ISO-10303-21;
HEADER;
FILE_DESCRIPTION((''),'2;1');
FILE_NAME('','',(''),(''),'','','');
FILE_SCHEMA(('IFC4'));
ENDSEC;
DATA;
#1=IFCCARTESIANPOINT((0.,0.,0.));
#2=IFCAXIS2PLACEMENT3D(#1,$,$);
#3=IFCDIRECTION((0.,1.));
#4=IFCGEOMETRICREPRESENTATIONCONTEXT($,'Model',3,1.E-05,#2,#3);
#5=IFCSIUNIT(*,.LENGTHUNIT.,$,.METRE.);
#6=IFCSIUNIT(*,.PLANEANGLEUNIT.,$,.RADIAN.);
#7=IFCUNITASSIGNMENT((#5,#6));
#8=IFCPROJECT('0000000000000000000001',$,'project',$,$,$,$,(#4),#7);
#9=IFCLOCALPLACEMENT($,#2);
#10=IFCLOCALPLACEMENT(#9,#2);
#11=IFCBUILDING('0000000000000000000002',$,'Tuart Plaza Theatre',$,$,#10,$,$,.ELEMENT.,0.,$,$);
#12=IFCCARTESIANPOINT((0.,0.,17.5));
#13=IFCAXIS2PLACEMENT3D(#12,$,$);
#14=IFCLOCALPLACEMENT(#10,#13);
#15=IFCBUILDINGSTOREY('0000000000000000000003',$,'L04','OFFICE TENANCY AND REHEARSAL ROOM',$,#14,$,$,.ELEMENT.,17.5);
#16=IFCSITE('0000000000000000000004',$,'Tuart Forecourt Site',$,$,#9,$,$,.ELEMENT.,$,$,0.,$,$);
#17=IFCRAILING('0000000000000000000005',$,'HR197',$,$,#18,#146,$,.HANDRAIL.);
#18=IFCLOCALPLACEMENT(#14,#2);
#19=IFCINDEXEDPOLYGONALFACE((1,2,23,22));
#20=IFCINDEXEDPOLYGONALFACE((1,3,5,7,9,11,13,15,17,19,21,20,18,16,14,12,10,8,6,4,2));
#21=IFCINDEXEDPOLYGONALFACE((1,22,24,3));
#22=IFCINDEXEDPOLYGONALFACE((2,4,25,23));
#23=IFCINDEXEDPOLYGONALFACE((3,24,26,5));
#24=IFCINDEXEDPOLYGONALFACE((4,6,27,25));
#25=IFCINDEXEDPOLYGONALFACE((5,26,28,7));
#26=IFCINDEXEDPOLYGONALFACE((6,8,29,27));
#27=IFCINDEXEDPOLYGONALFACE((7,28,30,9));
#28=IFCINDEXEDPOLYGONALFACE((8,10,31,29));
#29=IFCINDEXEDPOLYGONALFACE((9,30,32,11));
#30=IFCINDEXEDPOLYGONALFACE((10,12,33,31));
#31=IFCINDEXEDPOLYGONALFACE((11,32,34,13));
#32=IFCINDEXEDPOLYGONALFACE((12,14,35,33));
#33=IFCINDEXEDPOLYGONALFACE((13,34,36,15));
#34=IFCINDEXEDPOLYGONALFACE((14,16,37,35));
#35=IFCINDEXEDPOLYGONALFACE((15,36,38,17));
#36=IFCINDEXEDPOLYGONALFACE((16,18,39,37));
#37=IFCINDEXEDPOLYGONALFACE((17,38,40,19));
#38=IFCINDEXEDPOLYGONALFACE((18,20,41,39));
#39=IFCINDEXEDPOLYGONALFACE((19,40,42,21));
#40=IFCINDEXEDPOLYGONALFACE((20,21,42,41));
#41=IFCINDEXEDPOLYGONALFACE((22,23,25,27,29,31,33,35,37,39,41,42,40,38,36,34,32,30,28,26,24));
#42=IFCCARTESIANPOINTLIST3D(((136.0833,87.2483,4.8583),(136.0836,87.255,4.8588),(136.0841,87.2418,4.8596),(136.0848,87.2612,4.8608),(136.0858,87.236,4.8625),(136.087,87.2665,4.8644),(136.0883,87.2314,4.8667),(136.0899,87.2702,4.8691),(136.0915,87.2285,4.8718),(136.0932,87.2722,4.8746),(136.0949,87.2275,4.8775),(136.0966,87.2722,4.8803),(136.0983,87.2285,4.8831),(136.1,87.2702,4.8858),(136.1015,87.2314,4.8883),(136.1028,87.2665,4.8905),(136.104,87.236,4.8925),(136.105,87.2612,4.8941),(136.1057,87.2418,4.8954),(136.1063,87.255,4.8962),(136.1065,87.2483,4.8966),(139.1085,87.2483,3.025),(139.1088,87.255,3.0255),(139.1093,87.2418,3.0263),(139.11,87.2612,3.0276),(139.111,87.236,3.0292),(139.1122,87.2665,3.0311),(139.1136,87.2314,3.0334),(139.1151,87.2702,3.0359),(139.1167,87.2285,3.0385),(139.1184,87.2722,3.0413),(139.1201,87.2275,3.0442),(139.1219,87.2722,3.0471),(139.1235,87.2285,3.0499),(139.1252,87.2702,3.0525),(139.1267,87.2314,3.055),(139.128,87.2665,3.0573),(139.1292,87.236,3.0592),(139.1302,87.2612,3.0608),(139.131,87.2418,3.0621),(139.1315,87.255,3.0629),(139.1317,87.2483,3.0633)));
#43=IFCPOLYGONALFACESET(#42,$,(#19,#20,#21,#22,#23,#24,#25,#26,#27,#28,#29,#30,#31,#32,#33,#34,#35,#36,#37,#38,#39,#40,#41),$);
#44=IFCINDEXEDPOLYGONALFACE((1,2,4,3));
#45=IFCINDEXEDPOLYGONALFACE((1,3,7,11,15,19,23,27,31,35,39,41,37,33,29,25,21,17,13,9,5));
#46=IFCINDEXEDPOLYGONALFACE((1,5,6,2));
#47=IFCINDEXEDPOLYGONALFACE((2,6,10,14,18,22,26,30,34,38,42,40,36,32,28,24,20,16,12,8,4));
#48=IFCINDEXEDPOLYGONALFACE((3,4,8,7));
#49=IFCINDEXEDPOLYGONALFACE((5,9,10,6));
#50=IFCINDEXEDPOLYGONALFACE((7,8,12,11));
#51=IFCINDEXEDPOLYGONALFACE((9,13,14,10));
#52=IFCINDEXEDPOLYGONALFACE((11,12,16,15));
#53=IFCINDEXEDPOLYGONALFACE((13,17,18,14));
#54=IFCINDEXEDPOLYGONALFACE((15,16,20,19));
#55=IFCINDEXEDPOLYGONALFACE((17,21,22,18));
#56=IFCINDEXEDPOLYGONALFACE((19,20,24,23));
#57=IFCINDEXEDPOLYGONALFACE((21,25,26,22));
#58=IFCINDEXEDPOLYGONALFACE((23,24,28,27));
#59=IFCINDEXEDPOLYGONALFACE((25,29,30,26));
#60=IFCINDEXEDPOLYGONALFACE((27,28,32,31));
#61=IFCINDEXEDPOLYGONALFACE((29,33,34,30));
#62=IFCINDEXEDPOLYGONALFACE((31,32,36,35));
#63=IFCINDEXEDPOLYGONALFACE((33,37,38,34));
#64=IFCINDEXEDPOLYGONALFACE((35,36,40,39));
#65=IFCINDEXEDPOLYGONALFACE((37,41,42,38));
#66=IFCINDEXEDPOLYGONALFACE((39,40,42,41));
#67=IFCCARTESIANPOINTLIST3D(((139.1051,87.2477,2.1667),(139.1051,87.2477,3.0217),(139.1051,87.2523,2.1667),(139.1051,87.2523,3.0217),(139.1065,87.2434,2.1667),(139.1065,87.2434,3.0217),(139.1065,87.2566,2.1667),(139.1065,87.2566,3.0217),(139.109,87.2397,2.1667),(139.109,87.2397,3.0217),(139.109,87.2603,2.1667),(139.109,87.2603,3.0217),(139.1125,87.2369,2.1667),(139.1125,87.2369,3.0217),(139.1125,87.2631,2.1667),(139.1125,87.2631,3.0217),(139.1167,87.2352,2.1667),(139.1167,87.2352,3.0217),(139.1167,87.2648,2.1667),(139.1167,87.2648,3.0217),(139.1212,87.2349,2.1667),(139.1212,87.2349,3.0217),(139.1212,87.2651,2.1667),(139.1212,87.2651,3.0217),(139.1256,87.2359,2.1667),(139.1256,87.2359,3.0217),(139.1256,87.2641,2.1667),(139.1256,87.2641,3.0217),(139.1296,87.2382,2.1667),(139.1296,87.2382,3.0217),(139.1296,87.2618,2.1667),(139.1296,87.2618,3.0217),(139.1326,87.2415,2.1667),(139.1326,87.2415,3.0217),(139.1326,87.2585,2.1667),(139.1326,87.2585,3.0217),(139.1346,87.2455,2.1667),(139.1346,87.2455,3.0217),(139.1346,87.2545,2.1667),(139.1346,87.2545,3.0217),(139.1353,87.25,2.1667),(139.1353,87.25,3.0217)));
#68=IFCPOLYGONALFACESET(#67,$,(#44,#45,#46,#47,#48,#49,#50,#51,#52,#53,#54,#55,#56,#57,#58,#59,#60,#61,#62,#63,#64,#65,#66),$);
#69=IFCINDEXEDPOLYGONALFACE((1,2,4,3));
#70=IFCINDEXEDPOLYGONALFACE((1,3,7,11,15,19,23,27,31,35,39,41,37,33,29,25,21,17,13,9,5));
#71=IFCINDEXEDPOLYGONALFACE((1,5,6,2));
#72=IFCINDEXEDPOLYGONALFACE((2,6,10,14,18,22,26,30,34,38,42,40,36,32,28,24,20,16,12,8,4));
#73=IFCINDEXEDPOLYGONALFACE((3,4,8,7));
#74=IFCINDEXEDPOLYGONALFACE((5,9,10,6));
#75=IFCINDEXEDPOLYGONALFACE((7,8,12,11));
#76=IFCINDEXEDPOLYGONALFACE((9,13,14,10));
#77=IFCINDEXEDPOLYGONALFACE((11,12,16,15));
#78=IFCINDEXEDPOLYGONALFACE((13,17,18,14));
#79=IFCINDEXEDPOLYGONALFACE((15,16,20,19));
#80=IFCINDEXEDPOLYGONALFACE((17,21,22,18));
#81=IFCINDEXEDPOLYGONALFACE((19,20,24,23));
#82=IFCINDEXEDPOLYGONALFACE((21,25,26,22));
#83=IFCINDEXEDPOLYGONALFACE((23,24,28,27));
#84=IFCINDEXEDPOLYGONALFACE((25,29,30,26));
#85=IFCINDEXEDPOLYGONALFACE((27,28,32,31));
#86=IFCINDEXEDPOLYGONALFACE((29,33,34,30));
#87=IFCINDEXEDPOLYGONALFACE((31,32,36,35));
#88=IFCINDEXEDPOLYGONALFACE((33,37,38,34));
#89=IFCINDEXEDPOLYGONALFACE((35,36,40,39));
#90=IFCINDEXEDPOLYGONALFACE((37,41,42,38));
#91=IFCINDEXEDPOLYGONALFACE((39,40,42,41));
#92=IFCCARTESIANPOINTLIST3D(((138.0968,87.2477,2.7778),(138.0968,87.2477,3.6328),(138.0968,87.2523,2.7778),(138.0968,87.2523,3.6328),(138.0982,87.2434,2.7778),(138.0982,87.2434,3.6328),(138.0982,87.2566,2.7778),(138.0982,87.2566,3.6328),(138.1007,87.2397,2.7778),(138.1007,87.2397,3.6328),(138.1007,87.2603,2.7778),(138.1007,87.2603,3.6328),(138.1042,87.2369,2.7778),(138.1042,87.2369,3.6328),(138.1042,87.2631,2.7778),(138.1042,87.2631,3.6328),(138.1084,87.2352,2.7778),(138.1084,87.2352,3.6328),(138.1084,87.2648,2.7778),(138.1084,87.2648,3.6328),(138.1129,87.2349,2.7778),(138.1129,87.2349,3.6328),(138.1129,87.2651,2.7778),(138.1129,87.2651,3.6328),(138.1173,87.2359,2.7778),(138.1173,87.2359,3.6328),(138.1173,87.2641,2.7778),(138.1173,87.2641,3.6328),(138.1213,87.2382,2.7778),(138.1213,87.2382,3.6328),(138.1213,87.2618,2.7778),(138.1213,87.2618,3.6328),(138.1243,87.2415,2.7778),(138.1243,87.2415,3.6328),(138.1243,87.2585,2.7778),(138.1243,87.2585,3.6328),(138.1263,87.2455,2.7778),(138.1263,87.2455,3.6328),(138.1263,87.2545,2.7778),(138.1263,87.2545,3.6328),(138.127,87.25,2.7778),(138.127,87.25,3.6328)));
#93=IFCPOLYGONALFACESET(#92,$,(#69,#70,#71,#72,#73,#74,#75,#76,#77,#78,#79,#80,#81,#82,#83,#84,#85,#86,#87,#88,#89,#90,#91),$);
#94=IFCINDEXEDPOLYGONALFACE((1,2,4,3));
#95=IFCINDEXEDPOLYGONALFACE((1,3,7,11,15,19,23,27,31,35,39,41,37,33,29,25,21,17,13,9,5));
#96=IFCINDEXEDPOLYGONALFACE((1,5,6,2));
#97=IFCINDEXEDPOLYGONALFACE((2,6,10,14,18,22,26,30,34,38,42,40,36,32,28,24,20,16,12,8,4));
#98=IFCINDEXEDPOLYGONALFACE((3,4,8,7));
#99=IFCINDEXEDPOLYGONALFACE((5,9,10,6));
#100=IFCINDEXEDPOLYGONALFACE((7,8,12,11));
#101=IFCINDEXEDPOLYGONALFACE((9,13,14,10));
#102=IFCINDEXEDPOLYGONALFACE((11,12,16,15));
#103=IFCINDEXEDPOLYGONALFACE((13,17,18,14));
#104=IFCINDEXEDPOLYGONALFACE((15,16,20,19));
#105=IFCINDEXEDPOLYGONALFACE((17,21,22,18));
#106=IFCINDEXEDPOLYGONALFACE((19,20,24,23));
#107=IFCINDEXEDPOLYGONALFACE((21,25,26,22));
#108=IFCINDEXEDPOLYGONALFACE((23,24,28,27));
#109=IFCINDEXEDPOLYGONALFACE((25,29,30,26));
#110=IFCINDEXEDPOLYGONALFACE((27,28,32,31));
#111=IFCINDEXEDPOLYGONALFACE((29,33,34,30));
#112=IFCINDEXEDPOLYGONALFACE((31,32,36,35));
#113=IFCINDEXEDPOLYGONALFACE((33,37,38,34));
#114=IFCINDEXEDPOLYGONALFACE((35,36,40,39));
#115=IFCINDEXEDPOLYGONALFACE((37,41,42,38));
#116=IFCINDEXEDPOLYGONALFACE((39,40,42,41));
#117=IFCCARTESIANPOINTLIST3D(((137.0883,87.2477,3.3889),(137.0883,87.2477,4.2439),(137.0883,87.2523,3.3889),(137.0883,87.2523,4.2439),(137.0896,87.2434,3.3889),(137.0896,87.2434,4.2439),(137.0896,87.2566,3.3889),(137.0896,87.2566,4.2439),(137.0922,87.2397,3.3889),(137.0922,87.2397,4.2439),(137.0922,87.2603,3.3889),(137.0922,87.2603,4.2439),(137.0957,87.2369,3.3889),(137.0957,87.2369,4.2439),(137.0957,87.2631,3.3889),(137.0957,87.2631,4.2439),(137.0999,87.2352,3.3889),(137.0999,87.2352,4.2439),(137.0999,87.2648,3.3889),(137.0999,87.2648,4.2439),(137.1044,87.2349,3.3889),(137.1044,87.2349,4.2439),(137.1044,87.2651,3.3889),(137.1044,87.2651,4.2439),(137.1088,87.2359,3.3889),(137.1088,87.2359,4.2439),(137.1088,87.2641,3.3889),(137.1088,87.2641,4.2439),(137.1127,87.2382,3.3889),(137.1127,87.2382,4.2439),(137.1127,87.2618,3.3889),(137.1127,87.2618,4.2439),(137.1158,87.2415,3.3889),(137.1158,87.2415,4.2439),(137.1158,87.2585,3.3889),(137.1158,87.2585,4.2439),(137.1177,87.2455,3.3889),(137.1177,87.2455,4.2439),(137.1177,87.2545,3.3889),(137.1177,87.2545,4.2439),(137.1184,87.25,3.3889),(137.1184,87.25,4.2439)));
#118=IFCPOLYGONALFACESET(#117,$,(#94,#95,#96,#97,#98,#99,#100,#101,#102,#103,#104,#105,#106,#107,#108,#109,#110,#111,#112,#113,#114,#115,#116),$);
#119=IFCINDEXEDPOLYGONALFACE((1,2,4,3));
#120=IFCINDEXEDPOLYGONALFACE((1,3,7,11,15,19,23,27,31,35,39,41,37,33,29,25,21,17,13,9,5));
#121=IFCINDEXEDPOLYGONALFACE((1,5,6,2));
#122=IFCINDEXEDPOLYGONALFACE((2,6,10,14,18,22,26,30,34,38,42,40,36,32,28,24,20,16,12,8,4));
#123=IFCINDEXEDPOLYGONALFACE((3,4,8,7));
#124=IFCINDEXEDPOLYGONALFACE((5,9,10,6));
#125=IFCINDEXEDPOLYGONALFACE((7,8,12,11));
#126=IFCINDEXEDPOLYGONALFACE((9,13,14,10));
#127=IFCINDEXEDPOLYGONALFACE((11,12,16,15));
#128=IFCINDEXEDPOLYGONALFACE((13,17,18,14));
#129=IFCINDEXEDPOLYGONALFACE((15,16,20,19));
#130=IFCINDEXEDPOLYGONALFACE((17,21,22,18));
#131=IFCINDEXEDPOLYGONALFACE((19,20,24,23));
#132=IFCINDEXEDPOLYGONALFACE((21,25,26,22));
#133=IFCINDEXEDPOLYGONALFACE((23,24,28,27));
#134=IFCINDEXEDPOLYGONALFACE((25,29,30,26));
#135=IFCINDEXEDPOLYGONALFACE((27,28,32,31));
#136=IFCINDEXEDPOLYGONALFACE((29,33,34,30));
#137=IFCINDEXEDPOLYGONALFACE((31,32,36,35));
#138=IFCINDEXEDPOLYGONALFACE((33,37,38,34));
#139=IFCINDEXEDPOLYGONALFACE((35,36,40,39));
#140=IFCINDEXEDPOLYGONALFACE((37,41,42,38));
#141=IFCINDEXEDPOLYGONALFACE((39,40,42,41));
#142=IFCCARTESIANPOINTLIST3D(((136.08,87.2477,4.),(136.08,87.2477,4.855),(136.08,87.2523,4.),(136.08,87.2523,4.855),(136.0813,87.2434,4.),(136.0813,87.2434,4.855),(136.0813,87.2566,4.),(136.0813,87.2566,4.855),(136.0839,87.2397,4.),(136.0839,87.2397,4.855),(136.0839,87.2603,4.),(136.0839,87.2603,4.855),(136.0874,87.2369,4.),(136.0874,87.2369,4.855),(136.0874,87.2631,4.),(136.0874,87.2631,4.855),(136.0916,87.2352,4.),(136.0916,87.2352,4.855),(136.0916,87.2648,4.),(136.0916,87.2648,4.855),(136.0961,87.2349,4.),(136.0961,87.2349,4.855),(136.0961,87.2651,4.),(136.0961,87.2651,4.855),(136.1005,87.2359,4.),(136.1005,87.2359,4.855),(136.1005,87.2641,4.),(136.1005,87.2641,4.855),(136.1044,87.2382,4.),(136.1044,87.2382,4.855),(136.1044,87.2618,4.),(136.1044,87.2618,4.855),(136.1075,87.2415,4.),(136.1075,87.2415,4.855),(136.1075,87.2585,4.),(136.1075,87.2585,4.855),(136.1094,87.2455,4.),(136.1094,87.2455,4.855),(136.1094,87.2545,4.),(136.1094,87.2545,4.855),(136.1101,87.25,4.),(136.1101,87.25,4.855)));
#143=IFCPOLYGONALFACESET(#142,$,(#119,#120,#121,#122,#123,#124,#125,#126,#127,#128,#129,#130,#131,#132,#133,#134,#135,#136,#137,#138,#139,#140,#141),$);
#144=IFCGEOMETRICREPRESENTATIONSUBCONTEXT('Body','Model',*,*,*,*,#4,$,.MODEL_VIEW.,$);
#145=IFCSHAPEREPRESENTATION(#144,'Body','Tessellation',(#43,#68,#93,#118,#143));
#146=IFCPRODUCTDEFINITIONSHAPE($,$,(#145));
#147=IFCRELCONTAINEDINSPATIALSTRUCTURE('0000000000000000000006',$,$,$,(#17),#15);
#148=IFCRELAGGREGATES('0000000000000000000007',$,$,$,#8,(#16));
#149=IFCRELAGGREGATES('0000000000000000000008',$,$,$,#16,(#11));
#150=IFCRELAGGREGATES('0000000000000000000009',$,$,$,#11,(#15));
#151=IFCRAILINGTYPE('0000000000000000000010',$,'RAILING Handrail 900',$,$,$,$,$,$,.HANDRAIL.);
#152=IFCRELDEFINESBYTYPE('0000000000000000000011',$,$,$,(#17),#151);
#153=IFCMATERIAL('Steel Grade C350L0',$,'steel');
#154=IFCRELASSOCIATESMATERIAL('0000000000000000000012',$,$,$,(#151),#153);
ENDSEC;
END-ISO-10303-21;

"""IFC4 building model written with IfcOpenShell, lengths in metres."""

from ifc_helpers import new_model, si_unit, direction, frame, origin, origin_2d, place, context, subcontext, project, spatial, circle, extrude, material, type_object, element, save


model = new_model("IFC4")

# Units and contexts
model_context = context("Model", 3, precision=1e-05, world=origin(), true_north=direction((0.0, 1.0)))
body_context = subcontext(model_context, "Body", "Model", "MODEL_VIEW")
ifc_project = project(units=[si_unit("LENGTHUNIT", "METRE"), si_unit("PLANEANGLEUNIT", "RADIAN")], contexts=[model_context])

# Site, building, storey
site_placement = place(None, origin())
site = spatial("IfcSite", under=ifc_project, at=site_placement, Name="Tuart Forecourt Site", CompositionType="ELEMENT", RefElevation=0.0)
building_placement = place(site_placement, origin())
building = spatial("IfcBuilding", under=site, at=building_placement, Name="Tuart Plaza Theatre", CompositionType="ELEMENT", ElevationOfRefHeight=0.0)
storey_placement = place(building_placement, frame((0.0, 0.0, 17.5)))
storey = spatial("IfcBuildingStorey", under=building, at=storey_placement, Name="L04", Description="OFFICE TENANCY AND REHEARSAL ROOM", CompositionType="ELEMENT", Elevation=17.5)

# Railing
ifc_material_1 = material(Name="Steel Grade C350L0", Category="steel")
railing_type_1 = type_object("IfcRailingType", Name="RAILING Handrail 900", PredefinedType="HANDRAIL", material=ifc_material_1)
for number, where, name in (
    (1, (139.1201, 87.25, 2.1667), "HR197"),
):
    element("IfcRailing", number, at=place(storey_placement, frame(where)), inside=storey, type_object=railing_type_1, Name=name, PredefinedType="HANDRAIL", context=body_context, shape_type="SweptSolid", body=[
        extrude(circle(Radius=0.0225, at=origin_2d()), frame((0.0, 0.0, 0.8774), z_axis=(-0.855219, 0.0, 0.518267), x_axis=(0.0, -1.0, 0.0)), (0.0, 0.0, 1.0), 3.5374),
        extrude(circle(Radius=0.0151, at=origin_2d()), origin(), (0.0, 0.0, 1.0), 0.855),
        extrude(circle(Radius=0.0151, at=origin_2d()), frame((-1.0083, 0.0, 0.6111)), (0.0, 0.0, 1.0), 0.855),
        extrude(circle(Radius=0.0151, at=origin_2d()), frame((-2.0168, 0.0, 1.2222)), (0.0, 0.0, 1.0), 0.855),
        extrude(circle(Radius=0.0151, at=origin_2d()), frame((-3.0251, 0.0, 1.8333)), (0.0, 0.0, 1.0), 0.855),
    ])

save(model, "model.ifc")
